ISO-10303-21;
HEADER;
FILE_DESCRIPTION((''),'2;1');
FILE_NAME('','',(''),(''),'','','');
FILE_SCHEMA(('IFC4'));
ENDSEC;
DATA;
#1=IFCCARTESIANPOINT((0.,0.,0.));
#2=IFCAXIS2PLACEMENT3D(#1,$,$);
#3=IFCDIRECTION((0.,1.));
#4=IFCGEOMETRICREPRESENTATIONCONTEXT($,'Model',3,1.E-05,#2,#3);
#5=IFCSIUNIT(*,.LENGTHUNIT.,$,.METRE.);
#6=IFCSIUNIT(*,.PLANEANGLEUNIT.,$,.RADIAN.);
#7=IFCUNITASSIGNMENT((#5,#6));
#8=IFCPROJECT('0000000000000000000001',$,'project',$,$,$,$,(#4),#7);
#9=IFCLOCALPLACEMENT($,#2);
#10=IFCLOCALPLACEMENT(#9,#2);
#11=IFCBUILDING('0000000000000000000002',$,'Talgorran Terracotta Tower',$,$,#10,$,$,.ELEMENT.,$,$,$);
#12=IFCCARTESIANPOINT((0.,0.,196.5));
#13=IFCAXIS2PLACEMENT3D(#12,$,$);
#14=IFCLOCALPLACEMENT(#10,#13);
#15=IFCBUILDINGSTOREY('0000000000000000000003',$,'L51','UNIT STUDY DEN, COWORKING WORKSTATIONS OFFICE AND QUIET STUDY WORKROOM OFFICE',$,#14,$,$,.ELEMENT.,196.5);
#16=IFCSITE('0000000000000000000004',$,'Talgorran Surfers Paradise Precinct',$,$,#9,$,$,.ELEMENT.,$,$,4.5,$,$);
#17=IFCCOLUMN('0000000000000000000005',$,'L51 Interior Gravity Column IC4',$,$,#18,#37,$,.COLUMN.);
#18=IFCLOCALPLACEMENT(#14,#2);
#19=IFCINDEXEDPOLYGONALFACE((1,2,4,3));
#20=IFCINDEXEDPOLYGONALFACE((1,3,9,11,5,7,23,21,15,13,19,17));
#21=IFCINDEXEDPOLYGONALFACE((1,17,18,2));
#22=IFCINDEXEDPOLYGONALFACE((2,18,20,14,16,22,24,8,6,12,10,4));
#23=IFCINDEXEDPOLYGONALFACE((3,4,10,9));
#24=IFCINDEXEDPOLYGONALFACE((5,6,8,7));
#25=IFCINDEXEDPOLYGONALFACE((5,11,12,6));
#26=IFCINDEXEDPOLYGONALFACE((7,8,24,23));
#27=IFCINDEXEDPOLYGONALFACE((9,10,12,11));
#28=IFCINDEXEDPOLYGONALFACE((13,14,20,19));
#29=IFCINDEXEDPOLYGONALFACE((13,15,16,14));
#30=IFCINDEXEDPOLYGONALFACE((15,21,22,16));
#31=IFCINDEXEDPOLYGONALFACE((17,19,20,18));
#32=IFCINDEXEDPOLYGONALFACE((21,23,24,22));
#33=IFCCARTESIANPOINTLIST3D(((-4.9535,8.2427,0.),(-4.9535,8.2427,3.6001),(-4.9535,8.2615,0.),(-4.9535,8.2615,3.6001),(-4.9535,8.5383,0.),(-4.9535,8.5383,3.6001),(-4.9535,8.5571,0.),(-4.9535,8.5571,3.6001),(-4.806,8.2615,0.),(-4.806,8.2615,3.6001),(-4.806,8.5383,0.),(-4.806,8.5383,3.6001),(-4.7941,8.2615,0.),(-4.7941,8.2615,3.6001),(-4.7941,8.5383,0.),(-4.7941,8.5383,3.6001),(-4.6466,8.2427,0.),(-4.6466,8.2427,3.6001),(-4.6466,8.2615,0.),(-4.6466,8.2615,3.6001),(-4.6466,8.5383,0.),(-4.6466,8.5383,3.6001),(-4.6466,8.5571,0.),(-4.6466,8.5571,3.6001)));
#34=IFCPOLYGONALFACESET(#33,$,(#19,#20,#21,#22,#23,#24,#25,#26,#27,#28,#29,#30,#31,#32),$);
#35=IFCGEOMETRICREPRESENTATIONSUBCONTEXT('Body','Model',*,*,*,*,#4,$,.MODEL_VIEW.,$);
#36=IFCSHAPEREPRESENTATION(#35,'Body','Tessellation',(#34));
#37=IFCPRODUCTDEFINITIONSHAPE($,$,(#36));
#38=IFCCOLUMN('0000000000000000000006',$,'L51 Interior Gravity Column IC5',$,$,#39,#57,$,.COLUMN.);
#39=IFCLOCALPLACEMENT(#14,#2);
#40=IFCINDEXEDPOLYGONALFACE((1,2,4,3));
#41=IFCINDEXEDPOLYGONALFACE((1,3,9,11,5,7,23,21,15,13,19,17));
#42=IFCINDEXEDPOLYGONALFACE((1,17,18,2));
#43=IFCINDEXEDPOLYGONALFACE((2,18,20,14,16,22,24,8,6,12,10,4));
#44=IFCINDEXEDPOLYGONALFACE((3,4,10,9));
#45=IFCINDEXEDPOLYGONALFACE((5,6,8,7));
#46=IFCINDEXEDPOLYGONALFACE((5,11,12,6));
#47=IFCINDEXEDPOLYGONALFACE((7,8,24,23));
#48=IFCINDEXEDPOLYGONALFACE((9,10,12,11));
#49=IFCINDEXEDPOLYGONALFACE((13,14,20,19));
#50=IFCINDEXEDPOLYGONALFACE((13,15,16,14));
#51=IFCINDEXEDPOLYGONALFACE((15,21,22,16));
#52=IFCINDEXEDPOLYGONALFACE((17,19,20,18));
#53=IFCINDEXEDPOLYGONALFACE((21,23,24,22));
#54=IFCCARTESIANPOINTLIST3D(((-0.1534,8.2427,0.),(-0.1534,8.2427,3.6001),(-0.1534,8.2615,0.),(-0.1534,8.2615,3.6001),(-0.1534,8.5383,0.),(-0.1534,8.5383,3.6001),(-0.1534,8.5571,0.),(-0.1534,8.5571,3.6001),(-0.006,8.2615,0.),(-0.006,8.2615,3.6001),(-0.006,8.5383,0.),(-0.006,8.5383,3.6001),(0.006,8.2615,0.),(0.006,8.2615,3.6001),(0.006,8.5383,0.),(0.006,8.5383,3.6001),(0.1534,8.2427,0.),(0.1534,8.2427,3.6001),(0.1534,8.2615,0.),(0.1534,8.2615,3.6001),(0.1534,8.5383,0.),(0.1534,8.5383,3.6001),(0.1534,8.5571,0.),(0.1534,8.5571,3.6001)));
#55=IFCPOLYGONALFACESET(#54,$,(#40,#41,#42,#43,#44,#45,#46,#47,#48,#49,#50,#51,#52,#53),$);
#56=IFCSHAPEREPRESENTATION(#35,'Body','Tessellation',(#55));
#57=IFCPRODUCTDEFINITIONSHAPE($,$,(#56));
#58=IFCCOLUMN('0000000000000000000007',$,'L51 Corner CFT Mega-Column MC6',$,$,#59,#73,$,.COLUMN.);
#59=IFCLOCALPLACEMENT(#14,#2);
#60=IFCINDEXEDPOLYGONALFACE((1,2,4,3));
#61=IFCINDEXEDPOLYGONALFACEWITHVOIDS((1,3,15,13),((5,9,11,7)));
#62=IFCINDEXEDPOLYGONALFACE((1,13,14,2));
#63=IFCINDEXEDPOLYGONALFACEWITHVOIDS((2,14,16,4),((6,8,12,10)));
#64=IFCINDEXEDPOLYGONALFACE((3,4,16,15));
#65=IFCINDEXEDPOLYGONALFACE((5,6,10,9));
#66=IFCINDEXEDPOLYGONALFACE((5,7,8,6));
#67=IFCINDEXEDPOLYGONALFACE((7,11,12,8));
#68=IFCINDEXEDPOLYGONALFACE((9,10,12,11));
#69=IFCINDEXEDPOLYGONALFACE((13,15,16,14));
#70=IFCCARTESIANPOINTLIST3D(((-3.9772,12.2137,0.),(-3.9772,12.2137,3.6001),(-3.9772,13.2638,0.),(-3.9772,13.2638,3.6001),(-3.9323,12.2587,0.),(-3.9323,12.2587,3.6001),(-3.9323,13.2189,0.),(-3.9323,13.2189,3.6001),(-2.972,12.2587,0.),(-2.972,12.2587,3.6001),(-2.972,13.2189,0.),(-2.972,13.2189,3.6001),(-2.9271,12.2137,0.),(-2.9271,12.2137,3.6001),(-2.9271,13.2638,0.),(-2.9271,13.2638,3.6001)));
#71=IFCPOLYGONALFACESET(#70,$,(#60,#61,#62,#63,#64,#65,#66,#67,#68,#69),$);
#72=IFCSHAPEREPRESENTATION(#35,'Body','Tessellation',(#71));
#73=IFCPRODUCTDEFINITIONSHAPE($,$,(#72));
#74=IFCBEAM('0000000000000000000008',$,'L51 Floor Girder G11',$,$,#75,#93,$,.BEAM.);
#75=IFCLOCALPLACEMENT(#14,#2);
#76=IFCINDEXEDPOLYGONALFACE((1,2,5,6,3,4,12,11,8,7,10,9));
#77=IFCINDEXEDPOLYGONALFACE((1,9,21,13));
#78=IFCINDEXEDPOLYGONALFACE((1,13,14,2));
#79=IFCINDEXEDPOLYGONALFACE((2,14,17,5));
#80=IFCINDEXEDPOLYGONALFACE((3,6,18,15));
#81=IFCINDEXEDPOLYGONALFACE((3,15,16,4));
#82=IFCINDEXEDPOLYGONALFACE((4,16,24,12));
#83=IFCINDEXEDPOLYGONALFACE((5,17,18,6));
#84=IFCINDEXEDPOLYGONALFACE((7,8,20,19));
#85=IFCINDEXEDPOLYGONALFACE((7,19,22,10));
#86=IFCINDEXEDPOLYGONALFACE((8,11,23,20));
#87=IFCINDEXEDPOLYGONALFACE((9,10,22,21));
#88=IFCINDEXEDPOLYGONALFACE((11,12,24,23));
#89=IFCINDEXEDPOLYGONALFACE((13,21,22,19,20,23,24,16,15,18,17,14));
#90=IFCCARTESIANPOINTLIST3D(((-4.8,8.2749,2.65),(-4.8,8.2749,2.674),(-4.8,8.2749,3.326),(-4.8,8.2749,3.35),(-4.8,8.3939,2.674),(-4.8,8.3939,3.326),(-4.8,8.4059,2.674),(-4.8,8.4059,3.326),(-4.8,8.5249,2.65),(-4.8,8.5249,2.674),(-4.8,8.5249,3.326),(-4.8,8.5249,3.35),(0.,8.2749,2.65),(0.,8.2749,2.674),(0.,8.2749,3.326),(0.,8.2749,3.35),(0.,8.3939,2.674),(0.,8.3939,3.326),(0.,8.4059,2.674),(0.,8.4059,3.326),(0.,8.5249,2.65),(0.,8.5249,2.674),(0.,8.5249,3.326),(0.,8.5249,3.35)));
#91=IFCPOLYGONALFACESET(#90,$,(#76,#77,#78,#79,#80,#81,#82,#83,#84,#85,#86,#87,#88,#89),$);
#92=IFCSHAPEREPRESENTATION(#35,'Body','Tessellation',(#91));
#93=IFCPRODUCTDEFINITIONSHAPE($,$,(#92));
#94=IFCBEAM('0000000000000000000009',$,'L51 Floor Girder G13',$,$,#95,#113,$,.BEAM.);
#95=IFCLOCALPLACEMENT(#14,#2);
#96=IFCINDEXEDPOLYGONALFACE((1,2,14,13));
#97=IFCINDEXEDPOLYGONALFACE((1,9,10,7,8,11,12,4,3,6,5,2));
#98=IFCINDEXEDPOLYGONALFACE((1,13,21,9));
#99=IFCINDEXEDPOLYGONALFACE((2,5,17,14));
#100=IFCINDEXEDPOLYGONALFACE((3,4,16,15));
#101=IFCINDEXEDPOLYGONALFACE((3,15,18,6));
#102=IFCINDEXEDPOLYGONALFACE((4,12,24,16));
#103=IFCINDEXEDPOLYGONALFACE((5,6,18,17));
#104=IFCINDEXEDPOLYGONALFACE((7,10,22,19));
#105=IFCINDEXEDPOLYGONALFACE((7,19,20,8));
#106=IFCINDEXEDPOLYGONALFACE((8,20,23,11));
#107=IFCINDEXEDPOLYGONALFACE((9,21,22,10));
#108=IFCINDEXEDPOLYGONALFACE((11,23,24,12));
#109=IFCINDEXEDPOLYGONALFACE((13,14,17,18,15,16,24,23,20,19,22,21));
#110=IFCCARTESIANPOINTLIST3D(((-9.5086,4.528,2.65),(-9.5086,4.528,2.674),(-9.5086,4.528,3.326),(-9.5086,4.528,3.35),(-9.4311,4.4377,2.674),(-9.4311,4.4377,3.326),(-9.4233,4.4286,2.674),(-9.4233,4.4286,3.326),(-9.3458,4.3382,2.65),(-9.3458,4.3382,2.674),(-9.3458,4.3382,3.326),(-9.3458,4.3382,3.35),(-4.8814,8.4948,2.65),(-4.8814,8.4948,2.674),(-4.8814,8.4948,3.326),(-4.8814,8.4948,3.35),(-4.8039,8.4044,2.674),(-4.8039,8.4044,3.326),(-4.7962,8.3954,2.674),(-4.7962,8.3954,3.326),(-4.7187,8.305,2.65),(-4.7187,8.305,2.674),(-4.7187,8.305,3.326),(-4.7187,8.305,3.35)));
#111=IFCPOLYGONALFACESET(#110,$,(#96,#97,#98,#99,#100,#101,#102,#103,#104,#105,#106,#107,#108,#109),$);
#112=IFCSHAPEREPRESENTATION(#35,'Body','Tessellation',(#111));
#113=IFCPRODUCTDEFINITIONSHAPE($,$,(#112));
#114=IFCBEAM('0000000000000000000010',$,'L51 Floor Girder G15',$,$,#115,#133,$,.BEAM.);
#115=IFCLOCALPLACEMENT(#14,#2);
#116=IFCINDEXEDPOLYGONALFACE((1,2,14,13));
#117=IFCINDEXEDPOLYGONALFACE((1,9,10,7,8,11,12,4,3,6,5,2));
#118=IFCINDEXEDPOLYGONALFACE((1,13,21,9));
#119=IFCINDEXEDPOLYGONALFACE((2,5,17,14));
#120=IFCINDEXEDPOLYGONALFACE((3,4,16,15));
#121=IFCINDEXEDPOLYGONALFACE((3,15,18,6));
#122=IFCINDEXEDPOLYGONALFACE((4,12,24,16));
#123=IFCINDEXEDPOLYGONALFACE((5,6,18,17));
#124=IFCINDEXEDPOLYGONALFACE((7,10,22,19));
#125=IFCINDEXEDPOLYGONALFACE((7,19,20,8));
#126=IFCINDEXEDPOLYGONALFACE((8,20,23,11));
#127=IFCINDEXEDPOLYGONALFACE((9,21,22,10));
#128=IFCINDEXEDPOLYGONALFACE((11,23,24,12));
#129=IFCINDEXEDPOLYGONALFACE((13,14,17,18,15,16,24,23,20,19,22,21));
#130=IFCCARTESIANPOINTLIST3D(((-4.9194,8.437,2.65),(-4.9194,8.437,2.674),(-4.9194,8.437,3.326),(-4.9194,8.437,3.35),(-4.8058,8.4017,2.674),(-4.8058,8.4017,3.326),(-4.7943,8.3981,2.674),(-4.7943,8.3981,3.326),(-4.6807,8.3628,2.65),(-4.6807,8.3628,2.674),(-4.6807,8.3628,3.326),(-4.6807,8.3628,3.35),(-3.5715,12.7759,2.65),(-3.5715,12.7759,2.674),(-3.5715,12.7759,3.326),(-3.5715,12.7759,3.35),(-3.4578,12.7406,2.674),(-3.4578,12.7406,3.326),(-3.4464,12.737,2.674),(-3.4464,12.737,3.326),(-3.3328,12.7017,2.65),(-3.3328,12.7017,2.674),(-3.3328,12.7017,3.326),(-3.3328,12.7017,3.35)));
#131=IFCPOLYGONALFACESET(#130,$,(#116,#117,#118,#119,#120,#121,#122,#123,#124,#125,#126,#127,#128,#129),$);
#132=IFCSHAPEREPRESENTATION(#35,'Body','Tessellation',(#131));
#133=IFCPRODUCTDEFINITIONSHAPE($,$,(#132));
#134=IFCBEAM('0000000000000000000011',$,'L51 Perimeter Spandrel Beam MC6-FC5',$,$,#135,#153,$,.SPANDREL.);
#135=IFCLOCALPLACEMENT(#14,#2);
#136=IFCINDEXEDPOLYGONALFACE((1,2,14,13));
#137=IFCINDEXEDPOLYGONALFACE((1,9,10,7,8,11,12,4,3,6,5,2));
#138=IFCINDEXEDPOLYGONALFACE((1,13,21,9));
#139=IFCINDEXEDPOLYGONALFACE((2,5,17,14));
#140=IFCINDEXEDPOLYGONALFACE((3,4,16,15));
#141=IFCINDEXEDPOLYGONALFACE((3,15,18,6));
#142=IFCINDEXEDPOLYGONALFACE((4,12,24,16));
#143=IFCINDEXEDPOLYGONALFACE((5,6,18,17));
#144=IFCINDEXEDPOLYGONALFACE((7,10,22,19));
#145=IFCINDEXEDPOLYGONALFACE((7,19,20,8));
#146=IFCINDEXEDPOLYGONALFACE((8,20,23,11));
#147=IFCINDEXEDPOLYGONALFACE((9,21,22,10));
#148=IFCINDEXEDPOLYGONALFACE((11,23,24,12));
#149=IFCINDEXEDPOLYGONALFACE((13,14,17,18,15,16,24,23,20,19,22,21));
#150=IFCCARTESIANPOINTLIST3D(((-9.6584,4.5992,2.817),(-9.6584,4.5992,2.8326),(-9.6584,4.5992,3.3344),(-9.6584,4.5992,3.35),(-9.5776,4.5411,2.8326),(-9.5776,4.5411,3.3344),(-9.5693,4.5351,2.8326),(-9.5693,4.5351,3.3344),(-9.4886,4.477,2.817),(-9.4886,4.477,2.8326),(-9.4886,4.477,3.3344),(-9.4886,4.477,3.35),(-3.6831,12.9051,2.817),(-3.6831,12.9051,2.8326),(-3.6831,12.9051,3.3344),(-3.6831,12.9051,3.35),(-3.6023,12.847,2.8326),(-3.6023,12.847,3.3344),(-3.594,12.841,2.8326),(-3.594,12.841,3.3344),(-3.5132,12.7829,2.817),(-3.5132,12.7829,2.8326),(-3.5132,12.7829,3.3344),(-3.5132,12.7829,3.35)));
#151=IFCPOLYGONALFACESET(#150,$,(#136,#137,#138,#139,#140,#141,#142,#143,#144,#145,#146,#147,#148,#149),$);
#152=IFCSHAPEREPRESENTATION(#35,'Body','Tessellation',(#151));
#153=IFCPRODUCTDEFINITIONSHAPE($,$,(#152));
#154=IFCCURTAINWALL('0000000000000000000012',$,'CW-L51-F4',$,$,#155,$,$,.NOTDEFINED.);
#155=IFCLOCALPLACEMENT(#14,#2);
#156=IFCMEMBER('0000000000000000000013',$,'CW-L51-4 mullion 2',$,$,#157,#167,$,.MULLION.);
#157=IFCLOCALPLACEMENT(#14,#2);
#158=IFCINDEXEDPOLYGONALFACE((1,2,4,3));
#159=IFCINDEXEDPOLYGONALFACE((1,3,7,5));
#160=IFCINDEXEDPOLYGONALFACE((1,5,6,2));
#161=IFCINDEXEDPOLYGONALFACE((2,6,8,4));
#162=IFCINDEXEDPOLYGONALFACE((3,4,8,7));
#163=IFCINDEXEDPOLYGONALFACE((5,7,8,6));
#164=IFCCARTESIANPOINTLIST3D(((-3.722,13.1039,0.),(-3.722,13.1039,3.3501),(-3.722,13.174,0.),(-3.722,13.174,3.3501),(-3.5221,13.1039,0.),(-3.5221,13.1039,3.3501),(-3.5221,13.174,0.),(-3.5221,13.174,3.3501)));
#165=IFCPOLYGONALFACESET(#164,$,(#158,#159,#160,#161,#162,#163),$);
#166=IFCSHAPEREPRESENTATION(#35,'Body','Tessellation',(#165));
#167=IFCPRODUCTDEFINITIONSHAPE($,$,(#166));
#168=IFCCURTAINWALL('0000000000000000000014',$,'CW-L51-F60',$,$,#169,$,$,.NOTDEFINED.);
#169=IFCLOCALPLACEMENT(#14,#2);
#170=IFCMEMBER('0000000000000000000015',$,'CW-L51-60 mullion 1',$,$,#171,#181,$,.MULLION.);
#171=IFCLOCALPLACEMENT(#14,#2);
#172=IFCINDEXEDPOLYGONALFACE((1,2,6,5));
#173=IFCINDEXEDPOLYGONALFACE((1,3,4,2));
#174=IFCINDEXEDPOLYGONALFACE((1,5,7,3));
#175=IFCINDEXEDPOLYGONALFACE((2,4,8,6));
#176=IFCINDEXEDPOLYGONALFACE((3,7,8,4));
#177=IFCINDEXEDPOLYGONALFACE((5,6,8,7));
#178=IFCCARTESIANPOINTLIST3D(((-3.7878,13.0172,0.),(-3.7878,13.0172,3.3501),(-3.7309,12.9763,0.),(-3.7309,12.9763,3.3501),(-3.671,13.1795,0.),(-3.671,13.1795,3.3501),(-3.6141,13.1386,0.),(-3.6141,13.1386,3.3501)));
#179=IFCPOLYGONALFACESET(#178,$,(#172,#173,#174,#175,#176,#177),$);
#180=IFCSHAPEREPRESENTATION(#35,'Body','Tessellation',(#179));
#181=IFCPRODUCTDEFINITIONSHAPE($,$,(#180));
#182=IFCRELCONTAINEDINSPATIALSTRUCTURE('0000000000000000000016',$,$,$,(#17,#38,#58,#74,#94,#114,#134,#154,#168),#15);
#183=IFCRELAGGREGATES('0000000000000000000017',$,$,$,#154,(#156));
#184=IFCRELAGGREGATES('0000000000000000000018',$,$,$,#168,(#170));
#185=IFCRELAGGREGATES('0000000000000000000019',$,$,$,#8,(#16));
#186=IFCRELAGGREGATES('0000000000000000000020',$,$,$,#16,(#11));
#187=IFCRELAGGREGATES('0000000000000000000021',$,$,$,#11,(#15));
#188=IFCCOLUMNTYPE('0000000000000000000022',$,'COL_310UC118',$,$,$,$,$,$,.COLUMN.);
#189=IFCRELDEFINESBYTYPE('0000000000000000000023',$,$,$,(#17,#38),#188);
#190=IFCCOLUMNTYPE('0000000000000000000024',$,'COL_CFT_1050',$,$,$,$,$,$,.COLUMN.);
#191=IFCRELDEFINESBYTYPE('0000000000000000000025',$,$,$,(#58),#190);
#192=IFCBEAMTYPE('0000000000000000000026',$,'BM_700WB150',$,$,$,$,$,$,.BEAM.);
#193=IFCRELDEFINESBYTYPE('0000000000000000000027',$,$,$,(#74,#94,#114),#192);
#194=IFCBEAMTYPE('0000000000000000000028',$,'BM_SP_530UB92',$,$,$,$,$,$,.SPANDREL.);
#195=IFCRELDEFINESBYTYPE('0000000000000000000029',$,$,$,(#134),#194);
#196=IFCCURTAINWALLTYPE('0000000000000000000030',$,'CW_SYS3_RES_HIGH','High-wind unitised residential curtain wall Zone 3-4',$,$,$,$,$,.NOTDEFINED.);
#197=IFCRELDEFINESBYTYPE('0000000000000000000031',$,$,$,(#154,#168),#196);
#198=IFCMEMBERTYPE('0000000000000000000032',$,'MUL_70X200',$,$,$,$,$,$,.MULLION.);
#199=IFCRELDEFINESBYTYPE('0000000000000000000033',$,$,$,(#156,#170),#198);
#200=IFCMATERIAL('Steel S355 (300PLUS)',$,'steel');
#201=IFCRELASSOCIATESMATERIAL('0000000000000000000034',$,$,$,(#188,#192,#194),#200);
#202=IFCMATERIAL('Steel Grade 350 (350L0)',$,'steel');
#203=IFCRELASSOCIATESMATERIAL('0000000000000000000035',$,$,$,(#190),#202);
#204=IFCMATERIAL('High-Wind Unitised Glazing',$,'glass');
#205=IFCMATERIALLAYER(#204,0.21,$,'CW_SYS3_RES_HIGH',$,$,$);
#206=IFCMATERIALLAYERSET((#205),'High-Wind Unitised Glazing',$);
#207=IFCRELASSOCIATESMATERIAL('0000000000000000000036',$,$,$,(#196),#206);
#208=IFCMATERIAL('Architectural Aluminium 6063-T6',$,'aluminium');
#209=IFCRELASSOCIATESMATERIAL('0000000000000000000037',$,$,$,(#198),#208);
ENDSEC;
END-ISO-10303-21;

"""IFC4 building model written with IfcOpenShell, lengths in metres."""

from ifc_helpers import new_model, si_unit, direction, frame, origin, origin_2d, place, context, subcontext, project, spatial, rectangle, hollow_rectangle, i_section, extrude, material, layer, layer_set, material_profile, profile_set, type_object, element, aggregate, save


model = new_model("IFC4")

# Units and contexts
model_context = context("Model", 3, precision=1e-05, world=origin(), true_north=direction((0.0, 1.0)))
body_context = subcontext(model_context, "Body", "Model", "MODEL_VIEW")
ifc_project = project(units=[si_unit("LENGTHUNIT", "METRE"), si_unit("PLANEANGLEUNIT", "RADIAN")], contexts=[model_context])

# Site, building, storey
site_placement = place(None, origin())
site = spatial("IfcSite", under=ifc_project, at=site_placement, Name="Talgorran Surfers Paradise Precinct", CompositionType="ELEMENT", RefElevation=4.5)
building_placement = place(site_placement, origin())
building = spatial("IfcBuilding", under=site, at=building_placement, Name="Talgorran Terracotta Tower", CompositionType="ELEMENT")
storey_placement = place(building_placement, frame((0.0, 0.0, 196.5)))
storey = spatial("IfcBuildingStorey", under=building, at=storey_placement, Name="L51", Description="UNIT STUDY DEN, COWORKING WORKSTATIONS OFFICE AND QUIET STUDY WORKROOM OFFICE", CompositionType="ELEMENT", Elevation=196.5)

# Columns
ifc_material_1 = material(Name="Steel S355 (300PLUS)", Category="steel")
ifc_material_profile_1 = material_profile(ifc_material_1, i_section(OverallWidth=0.3069, OverallDepth=0.3145, WebThickness=0.012, FlangeThickness=0.0188, at=origin_2d()), Name="310UC118")
ifc_profile_set_1 = profile_set([ifc_material_profile_1], Name="Steel S355 (300PLUS)")
column_type_1 = type_object("IfcColumnType", Name="COL_310UC118", PredefinedType="COLUMN", material=ifc_profile_set_1)
for number, where, z_axis, x_axis, name in (
    (1, (-4.8, 8.3999, 0.0), (0.0, 0.0, 1.0), (1.0, 0.0, 0.0), "L51 Interior Gravity Column IC4"),
    (2, (0.0, 8.3999, 0.0), (0.0, 0.0, 1.0), (1.0, 0.0, 0.0), "L51 Interior Gravity Column IC5"),
):
    element("IfcColumn", number, at=place(storey_placement, frame(where, z_axis=z_axis, x_axis=x_axis)), inside=storey, type_object=column_type_1, Name=name, PredefinedType="COLUMN", context=body_context, shape_type="SweptSolid", body=[
        extrude(i_section(OverallWidth=0.3069, OverallDepth=0.3145, WebThickness=0.012, FlangeThickness=0.0188, at=origin_2d()), origin(), (0.0, 0.0, 1.0), 3.6001),
    ])
ifc_material_2 = material(Name="Steel Grade 350 (350L0)", Category="steel")
ifc_material_profile_2 = material_profile(ifc_material_2, hollow_rectangle(XDim=1.05, YDim=1.05, WallThickness=0.0449, at=origin_2d()), Name="CFT1050X1050X45")
ifc_profile_set_2 = profile_set([ifc_material_profile_2], Name="Steel Grade 350 (350L0)")
column_type_2 = type_object("IfcColumnType", Name="COL_CFT_1050", PredefinedType="COLUMN", material=ifc_profile_set_2)
column_placement = place(storey_placement, frame((-3.4521, 12.7388, 0.0), z_axis=(0.0, 0.0, 1.0), x_axis=(1.0, 0.0, 0.0)))
element("IfcColumn", 3, at=column_placement, inside=storey, type_object=column_type_2, Name="L51 Corner CFT Mega-Column MC6", PredefinedType="COLUMN", context=body_context, shape_type="SweptSolid", body=[
    extrude(hollow_rectangle(XDim=1.05, YDim=1.05, WallThickness=0.0449, at=origin_2d()), origin(), (0.0, 0.0, 1.0), 3.6001),
])

# Beams
ifc_material_profile_3 = material_profile(ifc_material_1, i_section(OverallWidth=0.25, OverallDepth=0.7, WebThickness=0.012, FlangeThickness=0.0239, at=origin_2d()), Name="700WB150")
ifc_profile_set_3 = profile_set([ifc_material_profile_3], Name="Steel S355 (300PLUS)")
beam_type_1 = type_object("IfcBeamType", Name="BM_700WB150", PredefinedType="BEAM", material=ifc_profile_set_3)
beam_1_placement = place(storey_placement, frame((-4.8, 8.3999, 3.0), z_axis=(1.0, 0.0, 0.0), x_axis=(0.0, 1.0, 0.0)))
element("IfcBeam", 4, at=beam_1_placement, inside=storey, type_object=beam_type_1, Name="L51 Floor Girder G11", PredefinedType="BEAM", context=body_context, shape_type="SweptSolid", body=[
    extrude(i_section(OverallWidth=0.25, OverallDepth=0.7, WebThickness=0.012, FlangeThickness=0.0239, at=origin_2d()), origin(), (0.0, 0.0, 1.0), 4.8),
])
beam_2_placement = place(storey_placement, frame((-4.8, 8.3999, 3.0), z_axis=(-0.759206, -0.650851, 0.0), x_axis=(0.650851, -0.759206, 0.0)))
element("IfcBeam", 5, at=beam_2_placement, inside=storey, type_object=beam_type_1, Name="L51 Floor Girder G13", PredefinedType="BEAM", context=body_context, shape_type="SweptSolid", body=[
    extrude(i_section(OverallWidth=0.25, OverallDepth=0.7, WebThickness=0.012, FlangeThickness=0.0239, at=origin_2d()), origin(), (0.0, 0.0, 1.0), 6.0947),
])
beam_3_placement = place(storey_placement, frame((-4.8, 8.3999, 3.0), z_axis=(0.296671, 0.95498, 0.0), x_axis=(-0.95498, 0.296671, 0.0)))
element("IfcBeam", 6, at=beam_3_placement, inside=storey, type_object=beam_type_1, Name="L51 Floor Girder G15", PredefinedType="BEAM", context=body_context, shape_type="SweptSolid", body=[
    extrude(i_section(OverallWidth=0.25, OverallDepth=0.7, WebThickness=0.012, FlangeThickness=0.0239, at=origin_2d()), origin(), (0.0, 0.0, 1.0), 4.5435),
])
ifc_material_profile_4 = material_profile(ifc_material_1, i_section(OverallWidth=0.2092, OverallDepth=0.533, WebThickness=0.0103, FlangeThickness=0.0156, at=origin_2d()), Name="530UB92.4")
ifc_profile_set_4 = profile_set([ifc_material_profile_4], Name="Steel S355 (300PLUS)")
beam_type_2 = type_object("IfcBeamType", Name="BM_SP_530UB92", PredefinedType="SPANDREL", material=ifc_profile_set_4)
beam_4_placement = place(storey_placement, frame((-3.5981, 12.844, 3.0835), z_axis=(-0.583989, -0.811762, 0.0), x_axis=(0.811762, -0.583989, 0.0)))
element("IfcBeam", 7, at=beam_4_placement, inside=storey, type_object=beam_type_2, Name="L51 Perimeter Spandrel Beam MC6-FC5", PredefinedType="SPANDREL", context=body_context, shape_type="SweptSolid", body=[
    extrude(i_section(OverallWidth=0.2092, OverallDepth=0.533, WebThickness=0.0103, FlangeThickness=0.0156, at=origin_2d()), origin(), (0.0, 0.0, 1.0), 10.2319),
])

# Curtain wall, member
ifc_material_3 = material(Name="High-Wind Unitised Glazing", Category="glass")
ifc_layer_1 = layer(ifc_material_3, 0.21, Name="CW_SYS3_RES_HIGH")
ifc_layer_set_1 = layer_set([ifc_layer_1], Name="High-Wind Unitised Glazing")
curtain_wall_type = type_object("IfcCurtainWallType", Name="CW_SYS3_RES_HIGH", Description="High-wind unitised residential curtain wall Zone 3-4", PredefinedType="NOTDEFINED", material=ifc_layer_set_1)
curtain_wall_1_placement = place(storey_placement, origin())
curtain_wall_1 = element("IfcCurtainWall", 8, at=curtain_wall_1_placement, inside=storey, type_object=curtain_wall_type, Name="CW-L51-F4", PredefinedType="NOTDEFINED")
ifc_material_4 = material(Name="Architectural Aluminium 6063-T6", Category="aluminium")
ifc_material_profile_5 = material_profile(ifc_material_4, rectangle(XDim=0.0701, YDim=0.2, at=origin_2d()), Name="CWM70X200")
ifc_profile_set_5 = profile_set([ifc_material_profile_5], Name="Architectural Aluminium 6063-T6")
member_type_1 = type_object("IfcMemberType", Name="MUL_70X200", PredefinedType="MULLION", material=ifc_profile_set_5)
member_1_placement = place(storey_placement, frame((-3.6221, 13.1389, 0.0), z_axis=(0.0, 0.0, 1.0), x_axis=(0.0, -1.0, 0.0)))
member_1 = element("IfcMember", 9, at=member_1_placement, type_object=member_type_1, Name="CW-L51-4 mullion 2", PredefinedType="MULLION", context=body_context, shape_type="SweptSolid", body=[
    extrude(rectangle(XDim=0.0701, YDim=0.2, at=origin_2d()), origin(), (0.0, 0.0, 1.0), 3.3501),
])
aggregate(curtain_wall_1, [member_1])

# Curtain wall, member
curtain_wall_2_placement = place(storey_placement, origin())
curtain_wall_2 = element("IfcCurtainWall", 10, at=curtain_wall_2_placement, inside=storey, type_object=curtain_wall_type, Name="CW-L51-F60", PredefinedType="NOTDEFINED")
member_2_placement = place(storey_placement, frame((-3.7009, 13.0779, 0.0), z_axis=(0.0, 0.0, 1.0), x_axis=(0.81176, -0.583991, 0.0)))
member_2 = element("IfcMember", 11, at=member_2_placement, type_object=member_type_1, Name="CW-L51-60 mullion 1", PredefinedType="MULLION", context=body_context, shape_type="SweptSolid", body=[
    extrude(rectangle(XDim=0.0701, YDim=0.2, at=origin_2d()), origin(), (0.0, 0.0, 1.0), 3.3501),
])
aggregate(curtain_wall_2, [member_2])

save(model, "model.ifc")
